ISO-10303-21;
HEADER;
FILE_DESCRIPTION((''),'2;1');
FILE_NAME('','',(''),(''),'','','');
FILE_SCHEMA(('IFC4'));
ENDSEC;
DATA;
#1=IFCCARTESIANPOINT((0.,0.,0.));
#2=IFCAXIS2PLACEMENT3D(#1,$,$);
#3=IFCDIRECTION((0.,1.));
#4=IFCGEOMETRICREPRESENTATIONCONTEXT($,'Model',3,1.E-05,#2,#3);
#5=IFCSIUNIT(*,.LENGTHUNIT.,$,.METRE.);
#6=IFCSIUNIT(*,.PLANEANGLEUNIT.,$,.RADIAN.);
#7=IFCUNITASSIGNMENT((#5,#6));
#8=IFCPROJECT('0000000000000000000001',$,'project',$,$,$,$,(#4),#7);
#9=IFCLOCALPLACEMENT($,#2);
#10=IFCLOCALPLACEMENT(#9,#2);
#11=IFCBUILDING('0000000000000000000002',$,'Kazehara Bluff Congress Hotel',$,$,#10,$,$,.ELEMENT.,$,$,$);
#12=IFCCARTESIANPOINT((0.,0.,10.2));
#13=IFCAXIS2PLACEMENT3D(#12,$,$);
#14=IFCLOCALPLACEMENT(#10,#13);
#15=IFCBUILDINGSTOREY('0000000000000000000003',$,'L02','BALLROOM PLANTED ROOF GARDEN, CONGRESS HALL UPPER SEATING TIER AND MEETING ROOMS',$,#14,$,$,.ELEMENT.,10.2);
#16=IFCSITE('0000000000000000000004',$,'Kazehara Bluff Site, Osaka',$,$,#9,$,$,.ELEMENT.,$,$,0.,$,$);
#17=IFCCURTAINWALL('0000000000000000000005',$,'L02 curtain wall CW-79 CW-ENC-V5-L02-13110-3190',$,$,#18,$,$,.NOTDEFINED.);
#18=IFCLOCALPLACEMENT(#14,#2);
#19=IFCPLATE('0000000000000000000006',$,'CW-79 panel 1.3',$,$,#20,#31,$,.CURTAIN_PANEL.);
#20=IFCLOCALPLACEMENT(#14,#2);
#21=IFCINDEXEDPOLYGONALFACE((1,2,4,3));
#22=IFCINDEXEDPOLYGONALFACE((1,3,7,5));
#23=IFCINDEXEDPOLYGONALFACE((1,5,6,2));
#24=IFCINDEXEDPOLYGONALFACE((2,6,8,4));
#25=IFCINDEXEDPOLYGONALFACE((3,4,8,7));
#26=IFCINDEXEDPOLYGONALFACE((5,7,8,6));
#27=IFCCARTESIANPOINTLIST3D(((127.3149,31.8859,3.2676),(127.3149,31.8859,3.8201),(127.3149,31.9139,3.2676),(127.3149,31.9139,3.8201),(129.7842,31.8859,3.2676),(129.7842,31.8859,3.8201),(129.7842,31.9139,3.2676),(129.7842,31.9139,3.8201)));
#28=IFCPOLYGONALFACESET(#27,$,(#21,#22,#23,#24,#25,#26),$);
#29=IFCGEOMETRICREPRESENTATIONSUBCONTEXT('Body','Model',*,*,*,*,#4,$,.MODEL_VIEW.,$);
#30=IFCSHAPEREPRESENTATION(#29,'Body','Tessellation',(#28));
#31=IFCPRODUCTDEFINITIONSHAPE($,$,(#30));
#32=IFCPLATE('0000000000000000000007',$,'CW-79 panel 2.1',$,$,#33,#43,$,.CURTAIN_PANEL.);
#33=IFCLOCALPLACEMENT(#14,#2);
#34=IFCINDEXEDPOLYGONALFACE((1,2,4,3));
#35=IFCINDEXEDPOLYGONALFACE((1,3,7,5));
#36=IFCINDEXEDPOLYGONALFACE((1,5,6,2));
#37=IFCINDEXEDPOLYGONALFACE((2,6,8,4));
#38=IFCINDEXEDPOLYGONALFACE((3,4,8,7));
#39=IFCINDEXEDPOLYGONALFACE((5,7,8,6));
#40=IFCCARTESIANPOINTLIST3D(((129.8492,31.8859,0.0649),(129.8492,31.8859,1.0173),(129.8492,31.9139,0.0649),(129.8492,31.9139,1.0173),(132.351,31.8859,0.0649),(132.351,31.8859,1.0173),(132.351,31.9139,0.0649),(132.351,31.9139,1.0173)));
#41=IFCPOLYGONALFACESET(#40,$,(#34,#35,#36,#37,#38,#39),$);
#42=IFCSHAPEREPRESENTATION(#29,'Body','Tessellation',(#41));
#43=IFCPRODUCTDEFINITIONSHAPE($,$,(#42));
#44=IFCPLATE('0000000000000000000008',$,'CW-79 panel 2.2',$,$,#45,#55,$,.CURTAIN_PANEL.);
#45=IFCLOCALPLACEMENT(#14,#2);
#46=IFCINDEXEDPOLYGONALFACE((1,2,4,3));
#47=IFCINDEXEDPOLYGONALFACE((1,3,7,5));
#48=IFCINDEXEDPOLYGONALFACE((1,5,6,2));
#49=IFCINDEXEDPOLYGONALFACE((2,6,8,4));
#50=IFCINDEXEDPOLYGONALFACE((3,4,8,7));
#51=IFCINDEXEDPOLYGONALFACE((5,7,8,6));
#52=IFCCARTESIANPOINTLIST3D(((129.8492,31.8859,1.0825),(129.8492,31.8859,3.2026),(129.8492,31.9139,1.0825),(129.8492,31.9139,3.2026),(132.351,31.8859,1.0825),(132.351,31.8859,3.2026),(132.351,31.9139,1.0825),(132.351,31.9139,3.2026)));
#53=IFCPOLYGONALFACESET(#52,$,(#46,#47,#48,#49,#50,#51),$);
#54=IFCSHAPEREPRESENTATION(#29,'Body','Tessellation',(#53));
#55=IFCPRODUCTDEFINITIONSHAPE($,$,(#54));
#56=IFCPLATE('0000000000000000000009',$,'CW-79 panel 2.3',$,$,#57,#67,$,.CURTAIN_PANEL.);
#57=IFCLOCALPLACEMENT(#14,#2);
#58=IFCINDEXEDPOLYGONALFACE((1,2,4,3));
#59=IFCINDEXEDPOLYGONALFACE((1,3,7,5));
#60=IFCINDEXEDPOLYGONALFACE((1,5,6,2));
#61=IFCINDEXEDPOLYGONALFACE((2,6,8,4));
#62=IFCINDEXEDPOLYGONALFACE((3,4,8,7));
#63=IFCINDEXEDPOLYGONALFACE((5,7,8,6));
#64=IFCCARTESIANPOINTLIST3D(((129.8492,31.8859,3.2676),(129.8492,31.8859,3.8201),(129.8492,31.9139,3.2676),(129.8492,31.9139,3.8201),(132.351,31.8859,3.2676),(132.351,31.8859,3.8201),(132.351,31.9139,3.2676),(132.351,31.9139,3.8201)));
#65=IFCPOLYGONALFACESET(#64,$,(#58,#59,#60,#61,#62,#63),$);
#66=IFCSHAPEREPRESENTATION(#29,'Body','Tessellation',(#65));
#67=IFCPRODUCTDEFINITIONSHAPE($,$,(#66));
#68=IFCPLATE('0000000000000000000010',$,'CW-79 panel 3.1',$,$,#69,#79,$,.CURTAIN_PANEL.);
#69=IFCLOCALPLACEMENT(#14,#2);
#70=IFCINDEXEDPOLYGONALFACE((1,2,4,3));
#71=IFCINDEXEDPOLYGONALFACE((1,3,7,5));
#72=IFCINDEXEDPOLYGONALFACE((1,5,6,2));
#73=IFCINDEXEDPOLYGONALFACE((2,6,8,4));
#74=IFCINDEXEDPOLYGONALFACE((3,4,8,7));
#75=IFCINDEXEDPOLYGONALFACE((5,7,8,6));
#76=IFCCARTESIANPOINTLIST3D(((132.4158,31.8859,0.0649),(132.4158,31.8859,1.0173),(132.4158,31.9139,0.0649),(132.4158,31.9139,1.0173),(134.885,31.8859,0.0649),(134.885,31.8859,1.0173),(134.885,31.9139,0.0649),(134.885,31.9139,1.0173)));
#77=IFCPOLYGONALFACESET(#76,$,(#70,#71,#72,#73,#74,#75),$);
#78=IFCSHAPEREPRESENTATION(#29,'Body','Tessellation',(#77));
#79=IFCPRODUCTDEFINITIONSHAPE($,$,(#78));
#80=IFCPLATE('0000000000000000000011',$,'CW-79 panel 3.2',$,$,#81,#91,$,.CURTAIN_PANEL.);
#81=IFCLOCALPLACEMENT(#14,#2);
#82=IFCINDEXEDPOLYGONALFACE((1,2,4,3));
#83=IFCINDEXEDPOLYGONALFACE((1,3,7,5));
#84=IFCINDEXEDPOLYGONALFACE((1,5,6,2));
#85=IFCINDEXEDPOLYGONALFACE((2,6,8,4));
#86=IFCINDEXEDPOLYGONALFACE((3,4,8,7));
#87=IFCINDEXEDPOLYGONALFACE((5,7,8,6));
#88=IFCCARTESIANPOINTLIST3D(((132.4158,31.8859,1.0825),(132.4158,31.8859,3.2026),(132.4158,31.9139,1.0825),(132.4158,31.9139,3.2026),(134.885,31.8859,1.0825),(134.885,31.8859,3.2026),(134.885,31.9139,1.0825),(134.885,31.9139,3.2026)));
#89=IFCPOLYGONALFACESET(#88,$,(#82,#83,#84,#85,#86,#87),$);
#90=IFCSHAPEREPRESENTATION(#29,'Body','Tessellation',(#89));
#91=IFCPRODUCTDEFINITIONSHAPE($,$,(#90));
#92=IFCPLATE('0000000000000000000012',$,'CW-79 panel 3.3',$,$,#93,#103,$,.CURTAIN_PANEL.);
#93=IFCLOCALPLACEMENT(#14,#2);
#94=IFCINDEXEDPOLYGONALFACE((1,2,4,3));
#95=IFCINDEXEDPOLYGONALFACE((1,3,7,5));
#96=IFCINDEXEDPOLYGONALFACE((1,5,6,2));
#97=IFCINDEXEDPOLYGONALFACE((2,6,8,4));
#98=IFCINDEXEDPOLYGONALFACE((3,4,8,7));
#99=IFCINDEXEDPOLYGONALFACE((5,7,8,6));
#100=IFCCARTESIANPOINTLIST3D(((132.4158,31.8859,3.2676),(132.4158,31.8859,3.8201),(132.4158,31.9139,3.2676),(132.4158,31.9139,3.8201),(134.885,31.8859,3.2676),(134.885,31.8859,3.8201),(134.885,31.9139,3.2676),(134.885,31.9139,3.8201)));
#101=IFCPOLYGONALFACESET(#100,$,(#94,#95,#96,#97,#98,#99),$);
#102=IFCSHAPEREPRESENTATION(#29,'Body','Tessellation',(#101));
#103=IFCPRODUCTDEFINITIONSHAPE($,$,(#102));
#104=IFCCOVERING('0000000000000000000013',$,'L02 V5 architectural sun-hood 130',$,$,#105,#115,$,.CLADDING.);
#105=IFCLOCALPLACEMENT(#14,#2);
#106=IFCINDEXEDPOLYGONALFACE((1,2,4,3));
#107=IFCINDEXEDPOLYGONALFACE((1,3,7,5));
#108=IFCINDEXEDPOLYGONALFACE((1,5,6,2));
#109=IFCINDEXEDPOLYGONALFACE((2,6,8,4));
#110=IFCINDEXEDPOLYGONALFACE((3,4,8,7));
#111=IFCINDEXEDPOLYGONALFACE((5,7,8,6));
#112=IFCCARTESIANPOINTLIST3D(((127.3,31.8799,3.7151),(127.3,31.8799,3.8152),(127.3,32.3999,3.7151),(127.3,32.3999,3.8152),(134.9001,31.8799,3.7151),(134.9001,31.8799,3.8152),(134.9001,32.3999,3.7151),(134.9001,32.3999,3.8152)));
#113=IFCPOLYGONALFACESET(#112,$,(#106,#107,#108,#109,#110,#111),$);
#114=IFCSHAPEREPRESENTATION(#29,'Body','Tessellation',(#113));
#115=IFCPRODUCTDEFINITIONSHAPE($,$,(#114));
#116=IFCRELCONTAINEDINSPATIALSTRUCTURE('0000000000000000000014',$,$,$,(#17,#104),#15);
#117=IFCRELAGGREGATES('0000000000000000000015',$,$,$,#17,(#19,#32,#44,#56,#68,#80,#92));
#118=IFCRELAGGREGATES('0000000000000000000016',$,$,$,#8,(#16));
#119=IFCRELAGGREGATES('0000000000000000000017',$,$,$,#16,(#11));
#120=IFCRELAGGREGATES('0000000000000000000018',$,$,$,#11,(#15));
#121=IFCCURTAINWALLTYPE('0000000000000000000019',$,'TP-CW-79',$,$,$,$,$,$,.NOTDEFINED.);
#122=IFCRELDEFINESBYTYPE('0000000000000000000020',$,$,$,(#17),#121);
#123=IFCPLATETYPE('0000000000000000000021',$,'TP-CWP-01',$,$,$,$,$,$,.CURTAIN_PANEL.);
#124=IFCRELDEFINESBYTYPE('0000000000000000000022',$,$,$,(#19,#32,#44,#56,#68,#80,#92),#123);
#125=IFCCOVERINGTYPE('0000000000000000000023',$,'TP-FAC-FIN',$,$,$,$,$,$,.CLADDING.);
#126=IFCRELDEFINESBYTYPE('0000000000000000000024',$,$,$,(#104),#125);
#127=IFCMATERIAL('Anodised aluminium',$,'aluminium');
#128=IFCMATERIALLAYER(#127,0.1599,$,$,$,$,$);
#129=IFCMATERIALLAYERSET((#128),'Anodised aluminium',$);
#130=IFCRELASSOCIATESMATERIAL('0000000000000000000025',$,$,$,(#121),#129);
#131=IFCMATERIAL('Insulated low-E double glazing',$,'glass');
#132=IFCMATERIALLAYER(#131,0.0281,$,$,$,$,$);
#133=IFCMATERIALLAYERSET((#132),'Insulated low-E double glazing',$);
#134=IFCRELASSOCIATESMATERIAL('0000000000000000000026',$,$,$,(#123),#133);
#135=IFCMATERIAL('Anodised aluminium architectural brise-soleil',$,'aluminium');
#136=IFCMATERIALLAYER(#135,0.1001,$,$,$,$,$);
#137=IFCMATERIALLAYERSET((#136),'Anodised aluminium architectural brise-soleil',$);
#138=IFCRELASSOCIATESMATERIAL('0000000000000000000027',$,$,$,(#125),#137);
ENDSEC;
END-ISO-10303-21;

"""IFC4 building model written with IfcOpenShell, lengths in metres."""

from ifc_helpers import new_model, si_unit, direction, frame, origin, origin_2d, place, context, subcontext, project, spatial, rectangle, extrude, material, layer, layer_set, type_object, element, aggregate, save


model = new_model("IFC4")

# Units and contexts
model_context = context("Model", 3, precision=1e-05, world=origin(), true_north=direction((0.0, 1.0)))
body_context = subcontext(model_context, "Body", "Model", "MODEL_VIEW")
ifc_project = project(units=[si_unit("LENGTHUNIT", "METRE"), si_unit("PLANEANGLEUNIT", "RADIAN")], contexts=[model_context])

# Site, building, storey
site_placement = place(None, origin())
site = spatial("IfcSite", under=ifc_project, at=site_placement, Name="Kazehara Bluff Site, Osaka", CompositionType="ELEMENT", RefElevation=0.0)
building_placement = place(site_placement, origin())
building = spatial("IfcBuilding", under=site, at=building_placement, Name="Kazehara Bluff Congress Hotel", CompositionType="ELEMENT")
storey_placement = place(building_placement, frame((0.0, 0.0, 10.2)))
storey = spatial("IfcBuildingStorey", under=building, at=storey_placement, Name="L02", Description="BALLROOM PLANTED ROOF GARDEN, CONGRESS HALL UPPER SEATING TIER AND MEETING ROOMS", CompositionType="ELEMENT", Elevation=10.2)

# Curtain wall
ifc_material_1 = material(Name="Anodised aluminium", Category="aluminium")
ifc_layer_1 = layer(ifc_material_1, 0.1599)
ifc_layer_set_1 = layer_set([ifc_layer_1], Name="Anodised aluminium")
curtain_wall_type_1 = type_object("IfcCurtainWallType", Name="TP-CW-79", PredefinedType="NOTDEFINED", material=ifc_layer_set_1)
curtain_wall_1_placement = place(storey_placement, origin())
curtain_wall_1 = element("IfcCurtainWall", 1, at=curtain_wall_1_placement, inside=storey, type_object=curtain_wall_type_1, Name="L02 curtain wall CW-79 CW-ENC-V5-L02-13110-3190", PredefinedType="NOTDEFINED")

# Plates
ifc_material_2 = material(Name="Insulated low-E double glazing", Category="glass")
ifc_layer_2 = layer(ifc_material_2, 0.0281)
ifc_layer_set_2 = layer_set([ifc_layer_2], Name="Insulated low-E double glazing")
plate_type = type_object("IfcPlateType", Name="TP-CWP-01", PredefinedType="CURTAIN_PANEL", material=ifc_layer_set_2)
plate_1_placement = place(storey_placement, frame((128.5496, 31.8999, 3.2676), z_axis=(0.0, 0.0, 1.0), x_axis=(1.0, 0.0, 0.0)))
plate_1 = element("IfcPlate", 2, at=plate_1_placement, type_object=plate_type, Name="CW-79 panel 1.3", PredefinedType="CURTAIN_PANEL", context=body_context, shape_type="SweptSolid", body=[
    extrude(rectangle(XDim=2.4692, YDim=0.0281, at=origin_2d()), origin(), (0.0, 0.0, 1.0), 0.5525),
])
plate_2_placement = place(storey_placement, frame((131.1001, 31.8999, 0.0649), z_axis=(0.0, 0.0, 1.0), x_axis=(1.0, 0.0, 0.0)))
plate_2 = element("IfcPlate", 3, at=plate_2_placement, type_object=plate_type, Name="CW-79 panel 2.1", PredefinedType="CURTAIN_PANEL", context=body_context, shape_type="SweptSolid", body=[
    extrude(rectangle(XDim=2.5017, YDim=0.0281, at=origin_2d()), origin(), (0.0, 0.0, 1.0), 0.9524),
])
plate_3_placement = place(storey_placement, frame((131.1001, 31.8999, 1.0825), z_axis=(0.0, 0.0, 1.0), x_axis=(1.0, 0.0, 0.0)))
plate_3 = element("IfcPlate", 4, at=plate_3_placement, type_object=plate_type, Name="CW-79 panel 2.2", PredefinedType="CURTAIN_PANEL", context=body_context, shape_type="SweptSolid", body=[
    extrude(rectangle(XDim=2.5017, YDim=0.0281, at=origin_2d()), origin(), (0.0, 0.0, 1.0), 2.1201),
])
plate_4_placement = place(storey_placement, frame((131.1001, 31.8999, 3.2676), z_axis=(0.0, 0.0, 1.0), x_axis=(1.0, 0.0, 0.0)))
plate_4 = element("IfcPlate", 5, at=plate_4_placement, type_object=plate_type, Name="CW-79 panel 2.3", PredefinedType="CURTAIN_PANEL", context=body_context, shape_type="SweptSolid", body=[
    extrude(rectangle(XDim=2.5017, YDim=0.0281, at=origin_2d()), origin(), (0.0, 0.0, 1.0), 0.5525),
])
plate_5_placement = place(storey_placement, frame((133.6504, 31.8999, 0.0649), z_axis=(0.0, 0.0, 1.0), x_axis=(1.0, 0.0, 0.0)))
plate_5 = element("IfcPlate", 6, at=plate_5_placement, type_object=plate_type, Name="CW-79 panel 3.1", PredefinedType="CURTAIN_PANEL", context=body_context, shape_type="SweptSolid", body=[
    extrude(rectangle(XDim=2.4692, YDim=0.0281, at=origin_2d()), origin(), (0.0, 0.0, 1.0), 0.9524),
])
plate_6_placement = place(storey_placement, frame((133.6504, 31.8999, 1.0825), z_axis=(0.0, 0.0, 1.0), x_axis=(1.0, 0.0, 0.0)))
plate_6 = element("IfcPlate", 7, at=plate_6_placement, type_object=plate_type, Name="CW-79 panel 3.2", PredefinedType="CURTAIN_PANEL", context=body_context, shape_type="SweptSolid", body=[
    extrude(rectangle(XDim=2.4692, YDim=0.0281, at=origin_2d()), origin(), (0.0, 0.0, 1.0), 2.1201),
])
plate_7_placement = place(storey_placement, frame((133.6504, 31.8999, 3.2676), z_axis=(0.0, 0.0, 1.0), x_axis=(1.0, 0.0, 0.0)))
plate_7 = element("IfcPlate", 8, at=plate_7_placement, type_object=plate_type, Name="CW-79 panel 3.3", PredefinedType="CURTAIN_PANEL", context=body_context, shape_type="SweptSolid", body=[
    extrude(rectangle(XDim=2.4692, YDim=0.0281, at=origin_2d()), origin(), (0.0, 0.0, 1.0), 0.5525),
])
aggregate(curtain_wall_1, [plate_1, plate_2, plate_3, plate_4, plate_5, plate_6, plate_7])

# Covering
ifc_material_3 = material(Name="Anodised aluminium architectural brise-soleil", Category="aluminium")
ifc_layer_3 = layer(ifc_material_3, 0.1001)
ifc_layer_set_3 = layer_set([ifc_layer_3], Name="Anodised aluminium architectural brise-soleil")
covering_type = type_object("IfcCoveringType", Name="TP-FAC-FIN", PredefinedType="CLADDING", material=ifc_layer_set_3)
covering_placement = place(storey_placement, frame((131.1001, 32.1399, 3.7151), z_axis=(0.0, 0.0, 1.0), x_axis=(1.0, 0.0, 0.0)))
element("IfcCovering", 9, at=covering_placement, inside=storey, type_object=covering_type, Name="L02 V5 architectural sun-hood 130", PredefinedType="CLADDING", context=body_context, shape_type="SweptSolid", body=[
    extrude(rectangle(XDim=7.6001, YDim=0.52, at=origin_2d()), origin(), (0.0, 0.0, 1.0), 0.1001),
])

save(model, "model.ifc")
